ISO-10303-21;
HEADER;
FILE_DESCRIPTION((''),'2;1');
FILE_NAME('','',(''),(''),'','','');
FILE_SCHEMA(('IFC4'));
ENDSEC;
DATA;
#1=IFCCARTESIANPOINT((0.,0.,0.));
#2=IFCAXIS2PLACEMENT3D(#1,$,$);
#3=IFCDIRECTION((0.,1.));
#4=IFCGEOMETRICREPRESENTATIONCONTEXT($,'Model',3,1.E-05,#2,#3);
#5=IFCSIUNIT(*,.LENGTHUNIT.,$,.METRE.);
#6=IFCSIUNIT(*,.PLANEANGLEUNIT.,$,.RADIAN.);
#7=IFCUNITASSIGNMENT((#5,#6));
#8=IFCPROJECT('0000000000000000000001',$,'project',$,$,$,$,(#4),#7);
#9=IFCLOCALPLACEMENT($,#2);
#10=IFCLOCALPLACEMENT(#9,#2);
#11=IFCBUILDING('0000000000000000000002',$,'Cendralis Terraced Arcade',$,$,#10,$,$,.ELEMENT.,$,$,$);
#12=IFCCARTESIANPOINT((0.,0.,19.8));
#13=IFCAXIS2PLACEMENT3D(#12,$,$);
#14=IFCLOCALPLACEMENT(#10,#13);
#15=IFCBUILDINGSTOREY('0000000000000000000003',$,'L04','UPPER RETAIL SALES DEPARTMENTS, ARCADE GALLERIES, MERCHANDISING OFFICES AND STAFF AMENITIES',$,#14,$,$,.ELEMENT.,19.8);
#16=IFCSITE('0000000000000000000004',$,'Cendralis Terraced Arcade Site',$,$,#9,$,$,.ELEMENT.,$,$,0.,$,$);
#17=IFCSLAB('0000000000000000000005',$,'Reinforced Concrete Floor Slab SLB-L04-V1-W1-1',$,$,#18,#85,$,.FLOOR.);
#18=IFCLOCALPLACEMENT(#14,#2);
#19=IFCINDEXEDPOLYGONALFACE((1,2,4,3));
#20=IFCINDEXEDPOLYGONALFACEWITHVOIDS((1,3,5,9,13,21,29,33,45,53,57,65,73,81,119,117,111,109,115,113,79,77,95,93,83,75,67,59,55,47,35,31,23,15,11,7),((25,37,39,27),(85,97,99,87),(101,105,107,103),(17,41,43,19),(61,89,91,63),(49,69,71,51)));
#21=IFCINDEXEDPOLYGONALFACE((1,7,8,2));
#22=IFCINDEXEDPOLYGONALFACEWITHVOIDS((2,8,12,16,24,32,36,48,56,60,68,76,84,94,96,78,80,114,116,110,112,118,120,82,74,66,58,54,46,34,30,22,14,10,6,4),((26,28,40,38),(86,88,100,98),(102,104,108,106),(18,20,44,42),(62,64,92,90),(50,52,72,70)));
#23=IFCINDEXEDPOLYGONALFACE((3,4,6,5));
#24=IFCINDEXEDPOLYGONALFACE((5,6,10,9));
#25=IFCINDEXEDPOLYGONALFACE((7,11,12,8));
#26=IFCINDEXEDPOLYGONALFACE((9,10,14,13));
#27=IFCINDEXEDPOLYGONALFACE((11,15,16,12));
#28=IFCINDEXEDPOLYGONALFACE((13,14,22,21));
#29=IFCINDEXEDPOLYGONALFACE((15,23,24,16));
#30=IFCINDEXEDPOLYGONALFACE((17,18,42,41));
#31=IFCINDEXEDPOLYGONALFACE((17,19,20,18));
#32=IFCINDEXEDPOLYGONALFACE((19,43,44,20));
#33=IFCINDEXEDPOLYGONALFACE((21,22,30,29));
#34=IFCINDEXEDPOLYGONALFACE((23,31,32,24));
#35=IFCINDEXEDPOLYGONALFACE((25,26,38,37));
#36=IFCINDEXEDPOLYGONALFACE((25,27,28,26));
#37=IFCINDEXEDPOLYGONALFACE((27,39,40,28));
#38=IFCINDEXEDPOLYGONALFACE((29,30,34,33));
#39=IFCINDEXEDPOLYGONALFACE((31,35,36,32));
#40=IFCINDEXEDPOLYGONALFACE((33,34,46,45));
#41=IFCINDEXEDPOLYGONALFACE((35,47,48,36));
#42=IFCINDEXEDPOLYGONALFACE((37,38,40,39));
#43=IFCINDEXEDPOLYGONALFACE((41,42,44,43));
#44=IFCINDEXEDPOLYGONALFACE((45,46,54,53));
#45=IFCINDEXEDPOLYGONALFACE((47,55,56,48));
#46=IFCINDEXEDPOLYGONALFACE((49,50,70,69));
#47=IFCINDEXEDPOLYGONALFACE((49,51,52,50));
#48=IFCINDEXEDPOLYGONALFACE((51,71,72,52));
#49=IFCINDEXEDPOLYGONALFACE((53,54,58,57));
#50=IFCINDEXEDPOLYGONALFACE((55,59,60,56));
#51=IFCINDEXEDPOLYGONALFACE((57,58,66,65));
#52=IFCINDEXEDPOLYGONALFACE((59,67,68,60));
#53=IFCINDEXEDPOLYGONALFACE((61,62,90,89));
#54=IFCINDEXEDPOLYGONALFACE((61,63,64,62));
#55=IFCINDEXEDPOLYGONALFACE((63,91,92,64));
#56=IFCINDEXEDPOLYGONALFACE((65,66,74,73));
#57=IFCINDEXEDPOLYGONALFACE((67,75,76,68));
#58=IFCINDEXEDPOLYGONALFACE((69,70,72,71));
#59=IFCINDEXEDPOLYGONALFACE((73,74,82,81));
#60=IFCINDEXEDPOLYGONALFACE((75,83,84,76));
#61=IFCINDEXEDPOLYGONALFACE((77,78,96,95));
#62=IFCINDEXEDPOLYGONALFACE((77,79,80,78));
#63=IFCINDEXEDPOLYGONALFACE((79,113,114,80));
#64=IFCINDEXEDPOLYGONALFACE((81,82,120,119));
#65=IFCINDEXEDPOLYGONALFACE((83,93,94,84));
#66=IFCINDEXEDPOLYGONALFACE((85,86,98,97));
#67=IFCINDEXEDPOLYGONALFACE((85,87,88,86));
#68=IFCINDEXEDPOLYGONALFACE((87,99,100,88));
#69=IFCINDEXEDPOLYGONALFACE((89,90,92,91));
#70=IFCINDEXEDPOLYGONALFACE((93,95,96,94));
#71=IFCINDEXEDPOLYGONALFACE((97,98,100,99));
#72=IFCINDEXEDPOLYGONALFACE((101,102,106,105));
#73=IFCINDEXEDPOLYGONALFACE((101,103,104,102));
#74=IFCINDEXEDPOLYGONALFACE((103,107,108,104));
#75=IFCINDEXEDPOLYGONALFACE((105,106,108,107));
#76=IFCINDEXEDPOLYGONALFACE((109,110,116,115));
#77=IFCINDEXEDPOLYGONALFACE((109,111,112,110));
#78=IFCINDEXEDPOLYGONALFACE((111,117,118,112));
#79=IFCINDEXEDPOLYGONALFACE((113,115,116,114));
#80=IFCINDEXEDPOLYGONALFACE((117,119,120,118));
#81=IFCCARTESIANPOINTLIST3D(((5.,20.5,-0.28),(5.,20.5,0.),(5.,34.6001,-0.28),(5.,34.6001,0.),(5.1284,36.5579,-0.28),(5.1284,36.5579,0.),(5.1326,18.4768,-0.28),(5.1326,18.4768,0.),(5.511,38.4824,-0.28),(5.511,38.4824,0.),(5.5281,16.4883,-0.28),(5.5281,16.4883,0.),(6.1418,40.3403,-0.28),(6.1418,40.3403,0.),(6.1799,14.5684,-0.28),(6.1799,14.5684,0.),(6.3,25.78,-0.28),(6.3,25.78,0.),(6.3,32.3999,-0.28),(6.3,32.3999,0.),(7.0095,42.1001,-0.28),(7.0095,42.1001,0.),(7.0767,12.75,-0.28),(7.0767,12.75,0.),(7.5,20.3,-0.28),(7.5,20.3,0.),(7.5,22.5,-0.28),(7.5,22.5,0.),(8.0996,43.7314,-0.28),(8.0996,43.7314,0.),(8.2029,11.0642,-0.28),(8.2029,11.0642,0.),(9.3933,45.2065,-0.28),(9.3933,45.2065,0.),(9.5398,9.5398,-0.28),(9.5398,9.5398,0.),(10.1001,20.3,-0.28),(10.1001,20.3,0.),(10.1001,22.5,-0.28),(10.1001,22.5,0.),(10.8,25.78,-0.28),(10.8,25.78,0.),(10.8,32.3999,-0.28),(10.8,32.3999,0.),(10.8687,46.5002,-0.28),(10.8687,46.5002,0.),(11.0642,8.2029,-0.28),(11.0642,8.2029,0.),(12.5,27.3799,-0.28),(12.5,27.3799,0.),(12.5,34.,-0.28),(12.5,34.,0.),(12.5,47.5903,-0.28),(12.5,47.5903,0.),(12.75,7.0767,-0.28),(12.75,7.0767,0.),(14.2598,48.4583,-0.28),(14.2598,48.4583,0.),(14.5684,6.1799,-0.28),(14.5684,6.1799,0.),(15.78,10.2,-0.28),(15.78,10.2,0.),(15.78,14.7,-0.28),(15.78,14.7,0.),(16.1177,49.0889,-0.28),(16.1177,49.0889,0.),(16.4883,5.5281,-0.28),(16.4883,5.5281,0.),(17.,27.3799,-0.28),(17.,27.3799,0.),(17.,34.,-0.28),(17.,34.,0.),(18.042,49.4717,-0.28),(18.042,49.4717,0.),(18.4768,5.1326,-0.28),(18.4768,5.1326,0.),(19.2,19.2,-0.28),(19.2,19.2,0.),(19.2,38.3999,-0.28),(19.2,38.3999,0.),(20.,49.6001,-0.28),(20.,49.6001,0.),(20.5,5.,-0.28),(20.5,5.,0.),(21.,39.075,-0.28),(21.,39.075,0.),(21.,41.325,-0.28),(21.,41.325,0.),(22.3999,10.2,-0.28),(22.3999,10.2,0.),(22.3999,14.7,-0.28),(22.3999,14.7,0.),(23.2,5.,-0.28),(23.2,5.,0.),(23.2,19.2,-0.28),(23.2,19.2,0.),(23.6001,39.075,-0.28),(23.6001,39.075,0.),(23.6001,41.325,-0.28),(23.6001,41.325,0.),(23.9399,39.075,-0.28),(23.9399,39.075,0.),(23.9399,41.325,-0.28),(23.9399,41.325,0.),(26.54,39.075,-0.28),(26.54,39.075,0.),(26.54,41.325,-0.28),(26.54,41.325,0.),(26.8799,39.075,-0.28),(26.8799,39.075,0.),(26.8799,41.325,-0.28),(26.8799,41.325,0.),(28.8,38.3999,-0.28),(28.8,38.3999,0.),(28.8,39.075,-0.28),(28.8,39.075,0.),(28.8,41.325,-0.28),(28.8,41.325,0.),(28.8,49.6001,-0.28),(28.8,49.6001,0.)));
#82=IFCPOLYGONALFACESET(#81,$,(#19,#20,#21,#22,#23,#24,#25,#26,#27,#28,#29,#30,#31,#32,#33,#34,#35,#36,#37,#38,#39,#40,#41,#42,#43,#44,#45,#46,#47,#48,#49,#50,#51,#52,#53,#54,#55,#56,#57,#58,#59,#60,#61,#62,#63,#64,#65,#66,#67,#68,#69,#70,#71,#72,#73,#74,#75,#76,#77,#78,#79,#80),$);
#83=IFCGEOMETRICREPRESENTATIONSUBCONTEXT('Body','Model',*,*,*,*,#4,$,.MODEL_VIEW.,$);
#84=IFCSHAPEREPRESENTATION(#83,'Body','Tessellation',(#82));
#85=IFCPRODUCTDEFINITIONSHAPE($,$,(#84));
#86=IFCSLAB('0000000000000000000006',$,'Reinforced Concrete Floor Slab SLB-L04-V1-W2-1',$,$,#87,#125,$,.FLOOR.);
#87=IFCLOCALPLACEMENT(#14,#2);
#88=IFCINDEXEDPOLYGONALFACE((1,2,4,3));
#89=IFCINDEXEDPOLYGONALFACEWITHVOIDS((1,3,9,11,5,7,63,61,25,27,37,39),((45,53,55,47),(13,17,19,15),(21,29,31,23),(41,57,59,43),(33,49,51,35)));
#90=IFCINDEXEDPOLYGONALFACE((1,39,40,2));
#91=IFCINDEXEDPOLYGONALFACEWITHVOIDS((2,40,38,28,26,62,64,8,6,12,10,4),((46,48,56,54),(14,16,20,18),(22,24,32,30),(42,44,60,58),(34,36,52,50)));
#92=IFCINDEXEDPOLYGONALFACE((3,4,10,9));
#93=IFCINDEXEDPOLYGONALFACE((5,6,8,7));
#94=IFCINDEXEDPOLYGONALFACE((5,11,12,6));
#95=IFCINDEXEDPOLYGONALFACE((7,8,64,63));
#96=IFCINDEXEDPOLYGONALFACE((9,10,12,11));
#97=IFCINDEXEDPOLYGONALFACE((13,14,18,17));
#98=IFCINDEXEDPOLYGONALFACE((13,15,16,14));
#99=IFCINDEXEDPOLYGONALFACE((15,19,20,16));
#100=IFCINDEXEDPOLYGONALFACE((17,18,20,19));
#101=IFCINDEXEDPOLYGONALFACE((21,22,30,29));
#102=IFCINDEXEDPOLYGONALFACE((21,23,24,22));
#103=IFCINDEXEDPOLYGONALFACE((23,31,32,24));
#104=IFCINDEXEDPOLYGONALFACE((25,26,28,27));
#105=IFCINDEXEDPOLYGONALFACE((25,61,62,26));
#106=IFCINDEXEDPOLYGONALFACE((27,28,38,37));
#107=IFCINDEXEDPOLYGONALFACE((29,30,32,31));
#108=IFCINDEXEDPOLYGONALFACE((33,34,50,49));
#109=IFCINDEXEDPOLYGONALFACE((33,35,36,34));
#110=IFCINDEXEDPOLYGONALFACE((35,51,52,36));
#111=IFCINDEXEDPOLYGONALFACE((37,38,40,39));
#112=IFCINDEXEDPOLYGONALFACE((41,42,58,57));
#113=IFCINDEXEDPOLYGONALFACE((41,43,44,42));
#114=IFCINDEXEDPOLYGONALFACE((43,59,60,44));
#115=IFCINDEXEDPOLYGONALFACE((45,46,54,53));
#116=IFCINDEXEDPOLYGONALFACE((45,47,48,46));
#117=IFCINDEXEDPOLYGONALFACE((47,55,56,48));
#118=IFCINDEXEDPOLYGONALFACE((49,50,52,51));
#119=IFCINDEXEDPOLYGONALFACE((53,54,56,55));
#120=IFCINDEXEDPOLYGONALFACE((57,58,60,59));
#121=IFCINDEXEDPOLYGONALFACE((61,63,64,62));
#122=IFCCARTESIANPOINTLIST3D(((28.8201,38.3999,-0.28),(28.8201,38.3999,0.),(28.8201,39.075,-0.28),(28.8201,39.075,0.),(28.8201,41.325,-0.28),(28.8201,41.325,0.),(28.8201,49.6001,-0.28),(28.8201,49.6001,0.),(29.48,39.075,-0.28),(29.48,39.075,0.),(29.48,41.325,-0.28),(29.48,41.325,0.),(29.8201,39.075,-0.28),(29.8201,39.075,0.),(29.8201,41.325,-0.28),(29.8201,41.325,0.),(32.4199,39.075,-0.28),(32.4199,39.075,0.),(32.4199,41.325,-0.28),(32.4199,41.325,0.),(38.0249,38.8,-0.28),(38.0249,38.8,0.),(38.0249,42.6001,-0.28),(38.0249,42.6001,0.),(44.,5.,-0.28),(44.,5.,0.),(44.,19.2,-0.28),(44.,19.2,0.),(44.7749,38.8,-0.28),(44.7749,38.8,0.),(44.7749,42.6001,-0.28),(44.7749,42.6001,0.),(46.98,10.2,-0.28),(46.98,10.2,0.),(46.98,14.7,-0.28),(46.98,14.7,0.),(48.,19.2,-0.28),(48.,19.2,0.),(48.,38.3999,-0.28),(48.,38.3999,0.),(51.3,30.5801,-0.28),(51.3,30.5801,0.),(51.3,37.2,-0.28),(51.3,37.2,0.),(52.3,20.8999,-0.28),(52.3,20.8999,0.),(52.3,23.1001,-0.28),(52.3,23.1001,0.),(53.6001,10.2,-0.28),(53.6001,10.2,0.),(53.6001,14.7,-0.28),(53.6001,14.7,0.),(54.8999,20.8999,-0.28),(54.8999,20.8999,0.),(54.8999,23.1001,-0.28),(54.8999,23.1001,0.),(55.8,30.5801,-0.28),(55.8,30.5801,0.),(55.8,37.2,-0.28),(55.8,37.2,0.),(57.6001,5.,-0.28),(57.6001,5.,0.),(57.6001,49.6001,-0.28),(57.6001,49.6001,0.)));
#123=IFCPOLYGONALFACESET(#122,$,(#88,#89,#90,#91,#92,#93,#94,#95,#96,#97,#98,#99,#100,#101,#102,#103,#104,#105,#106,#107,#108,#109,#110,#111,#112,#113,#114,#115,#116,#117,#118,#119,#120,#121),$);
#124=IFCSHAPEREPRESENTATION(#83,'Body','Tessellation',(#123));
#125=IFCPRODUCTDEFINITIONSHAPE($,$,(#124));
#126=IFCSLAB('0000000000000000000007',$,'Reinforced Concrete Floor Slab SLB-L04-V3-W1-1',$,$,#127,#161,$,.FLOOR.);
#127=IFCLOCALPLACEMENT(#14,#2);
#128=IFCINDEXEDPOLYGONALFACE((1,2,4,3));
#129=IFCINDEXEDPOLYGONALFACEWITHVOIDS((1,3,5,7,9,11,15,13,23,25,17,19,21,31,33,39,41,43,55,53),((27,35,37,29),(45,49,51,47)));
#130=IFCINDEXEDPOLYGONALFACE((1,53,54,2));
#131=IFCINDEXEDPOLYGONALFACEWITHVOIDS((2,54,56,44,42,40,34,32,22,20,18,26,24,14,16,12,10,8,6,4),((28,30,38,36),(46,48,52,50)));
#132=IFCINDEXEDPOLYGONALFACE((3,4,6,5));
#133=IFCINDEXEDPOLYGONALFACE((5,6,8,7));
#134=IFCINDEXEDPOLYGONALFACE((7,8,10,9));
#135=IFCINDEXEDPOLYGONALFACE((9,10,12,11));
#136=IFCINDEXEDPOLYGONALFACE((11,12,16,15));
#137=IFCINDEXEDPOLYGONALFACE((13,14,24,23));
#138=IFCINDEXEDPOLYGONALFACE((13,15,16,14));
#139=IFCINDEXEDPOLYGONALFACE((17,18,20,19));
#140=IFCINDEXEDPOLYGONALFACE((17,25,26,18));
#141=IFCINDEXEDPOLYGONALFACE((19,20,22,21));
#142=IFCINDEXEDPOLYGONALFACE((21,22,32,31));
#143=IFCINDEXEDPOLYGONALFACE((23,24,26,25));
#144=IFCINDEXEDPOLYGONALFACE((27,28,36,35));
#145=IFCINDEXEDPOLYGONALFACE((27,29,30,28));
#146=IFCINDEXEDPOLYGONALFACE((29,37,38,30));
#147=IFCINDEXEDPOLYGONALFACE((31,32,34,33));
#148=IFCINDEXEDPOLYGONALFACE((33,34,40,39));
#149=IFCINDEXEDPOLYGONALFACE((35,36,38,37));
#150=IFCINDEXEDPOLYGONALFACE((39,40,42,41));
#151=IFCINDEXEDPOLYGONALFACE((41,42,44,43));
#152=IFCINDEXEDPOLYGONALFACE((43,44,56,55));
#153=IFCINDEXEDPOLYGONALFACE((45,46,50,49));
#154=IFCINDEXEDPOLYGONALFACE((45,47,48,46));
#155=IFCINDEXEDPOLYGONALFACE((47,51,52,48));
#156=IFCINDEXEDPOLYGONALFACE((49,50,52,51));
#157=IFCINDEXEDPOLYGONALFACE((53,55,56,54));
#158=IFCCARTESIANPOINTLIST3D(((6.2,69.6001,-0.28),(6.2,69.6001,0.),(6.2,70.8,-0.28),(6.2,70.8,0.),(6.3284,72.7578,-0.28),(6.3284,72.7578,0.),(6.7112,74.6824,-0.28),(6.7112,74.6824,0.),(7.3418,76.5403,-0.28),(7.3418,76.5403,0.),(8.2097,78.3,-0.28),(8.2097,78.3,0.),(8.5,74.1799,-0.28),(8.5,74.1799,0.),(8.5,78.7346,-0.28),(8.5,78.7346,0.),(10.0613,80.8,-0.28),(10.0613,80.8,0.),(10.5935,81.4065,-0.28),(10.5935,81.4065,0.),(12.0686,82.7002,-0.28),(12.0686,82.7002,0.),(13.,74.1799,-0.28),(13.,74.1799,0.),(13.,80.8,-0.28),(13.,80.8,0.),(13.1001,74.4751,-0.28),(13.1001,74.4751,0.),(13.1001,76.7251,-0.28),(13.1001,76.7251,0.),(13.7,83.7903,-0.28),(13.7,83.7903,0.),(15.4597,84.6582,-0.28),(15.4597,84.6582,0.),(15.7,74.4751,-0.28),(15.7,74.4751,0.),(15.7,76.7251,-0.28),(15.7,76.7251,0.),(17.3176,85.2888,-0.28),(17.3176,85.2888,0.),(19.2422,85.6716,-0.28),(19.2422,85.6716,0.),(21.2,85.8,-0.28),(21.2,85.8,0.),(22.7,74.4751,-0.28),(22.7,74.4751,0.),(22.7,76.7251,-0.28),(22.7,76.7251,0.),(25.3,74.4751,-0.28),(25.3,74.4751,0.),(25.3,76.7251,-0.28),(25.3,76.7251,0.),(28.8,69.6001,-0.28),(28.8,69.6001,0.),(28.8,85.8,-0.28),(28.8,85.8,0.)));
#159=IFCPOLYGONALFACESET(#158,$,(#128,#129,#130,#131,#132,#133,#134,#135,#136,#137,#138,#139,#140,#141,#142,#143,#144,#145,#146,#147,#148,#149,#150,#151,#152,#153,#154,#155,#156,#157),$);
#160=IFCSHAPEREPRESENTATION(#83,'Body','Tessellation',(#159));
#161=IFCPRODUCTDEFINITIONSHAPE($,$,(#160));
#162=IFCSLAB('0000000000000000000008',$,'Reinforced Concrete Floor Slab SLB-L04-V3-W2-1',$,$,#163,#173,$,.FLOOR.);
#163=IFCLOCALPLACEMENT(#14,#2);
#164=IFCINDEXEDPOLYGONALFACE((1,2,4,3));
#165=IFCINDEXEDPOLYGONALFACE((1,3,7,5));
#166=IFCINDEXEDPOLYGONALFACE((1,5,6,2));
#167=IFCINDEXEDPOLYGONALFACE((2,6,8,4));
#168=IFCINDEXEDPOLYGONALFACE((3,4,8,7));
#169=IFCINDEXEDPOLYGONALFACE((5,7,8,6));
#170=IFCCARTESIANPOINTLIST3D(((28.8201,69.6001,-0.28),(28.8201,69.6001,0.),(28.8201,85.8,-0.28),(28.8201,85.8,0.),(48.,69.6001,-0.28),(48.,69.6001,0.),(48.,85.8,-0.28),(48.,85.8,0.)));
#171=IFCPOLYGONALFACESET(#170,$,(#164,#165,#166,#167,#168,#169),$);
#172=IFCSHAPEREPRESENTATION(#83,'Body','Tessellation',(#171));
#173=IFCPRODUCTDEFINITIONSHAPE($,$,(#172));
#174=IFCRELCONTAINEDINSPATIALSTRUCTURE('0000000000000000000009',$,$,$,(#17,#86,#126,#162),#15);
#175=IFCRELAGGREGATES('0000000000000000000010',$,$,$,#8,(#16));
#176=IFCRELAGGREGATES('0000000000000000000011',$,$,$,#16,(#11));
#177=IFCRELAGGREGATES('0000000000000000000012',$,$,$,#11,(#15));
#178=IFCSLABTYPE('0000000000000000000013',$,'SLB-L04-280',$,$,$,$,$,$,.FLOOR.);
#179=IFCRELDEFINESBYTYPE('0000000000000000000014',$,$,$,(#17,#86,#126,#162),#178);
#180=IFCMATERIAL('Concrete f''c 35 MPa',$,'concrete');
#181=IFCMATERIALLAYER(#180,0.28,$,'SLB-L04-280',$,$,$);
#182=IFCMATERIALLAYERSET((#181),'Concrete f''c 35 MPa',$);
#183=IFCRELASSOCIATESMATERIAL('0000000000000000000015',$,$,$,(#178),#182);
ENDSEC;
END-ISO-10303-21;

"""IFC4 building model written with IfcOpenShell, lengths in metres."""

from ifc_helpers import new_model, si_unit, direction, frame, origin, place, context, subcontext, project, spatial, polyline, outline, extrude, material, layer, layer_set, type_object, element, save


model = new_model("IFC4")

# Units and contexts
model_context = context("Model", 3, precision=1e-05, world=origin(), true_north=direction((0.0, 1.0)))
body_context = subcontext(model_context, "Body", "Model", "MODEL_VIEW")
ifc_project = project(units=[si_unit("LENGTHUNIT", "METRE"), si_unit("PLANEANGLEUNIT", "RADIAN")], contexts=[model_context])

# Site, building, storey
site_placement = place(None, origin())
site = spatial("IfcSite", under=ifc_project, at=site_placement, Name="Cendralis Terraced Arcade Site", CompositionType="ELEMENT", RefElevation=0.0)
building_placement = place(site_placement, origin())
building = spatial("IfcBuilding", under=site, at=building_placement, Name="Cendralis Terraced Arcade", CompositionType="ELEMENT")
storey_placement = place(building_placement, frame((0.0, 0.0, 19.8)))
storey = spatial("IfcBuildingStorey", under=building, at=storey_placement, Name="L04", Description="UPPER RETAIL SALES DEPARTMENTS, ARCADE GALLERIES, MERCHANDISING OFFICES AND STAFF AMENITIES", CompositionType="ELEMENT", Elevation=19.8)

# Slabs
ifc_material_1 = material(Name="Concrete f'c 35 MPa", Category="concrete")
ifc_layer_1 = layer(ifc_material_1, 0.28, Name="SLB-L04-280")
ifc_layer_set_1 = layer_set([ifc_layer_1], Name="Concrete f'c 35 MPa")
slab_type_1 = type_object("IfcSlabType", Name="SLB-L04-280", PredefinedType="FLOOR", material=ifc_layer_set_1)
slab_1_placement = place(storey_placement, frame((0.0, 0.0, -0.28)))
element("IfcSlab", 1, at=slab_1_placement, inside=storey, type_object=slab_type_1, Name="Reinforced Concrete Floor Slab SLB-L04-V1-W1-1", PredefinedType="FLOOR", context=body_context, shape_type="SweptSolid", body=[
    extrude(outline(polyline([(5.1284, 36.5579), (5.511, 38.4824), (6.1418, 40.3403), (7.0095, 42.1001), (8.0996, 43.7314), (9.3933, 45.2065), (10.8687, 46.5002), (12.5, 47.5903), (14.2598, 48.4583), (16.1177, 49.0889), (18.042, 49.4717), (20.0, 49.6001), (28.8, 49.6001), (28.8, 41.325), (26.8799, 41.325), (26.8799, 39.075), (28.8, 39.075), (28.8, 38.3999), (19.2, 38.3999), (19.2, 19.2), (23.2, 19.2), (23.2, 5.0), (20.5, 5.0), (18.4768, 5.1326), (16.4883, 5.5281), (14.5684, 6.1799), (12.75, 7.0767), (11.0642, 8.2029), (9.5398, 9.5398), (8.2029, 11.0642), (7.0767, 12.75), (6.1799, 14.5684), (5.5281, 16.4883), (5.1326, 18.4768), (5.0, 20.5), (5.0, 34.6001), (5.1284, 36.5579)]), holes=[polyline([(22.3999, 14.7), (15.78, 14.7), (15.78, 10.2), (22.3999, 10.2), (22.3999, 14.7)]), polyline([(10.1001, 22.5), (7.5, 22.5), (7.5, 20.3), (10.1001, 20.3), (10.1001, 22.5)]), polyline([(10.8, 32.3999), (6.3, 32.3999), (6.3, 25.78), (10.8, 25.78), (10.8, 32.3999)]), polyline([(17.0, 27.3799), (17.0, 34.0), (12.5, 34.0), (12.5, 27.3799), (17.0, 27.3799)]), polyline([(23.6001, 39.075), (23.6001, 41.325), (21.0, 41.325), (21.0, 39.075), (23.6001, 39.075)]), polyline([(26.54, 41.325), (23.9399, 41.325), (23.9399, 39.075), (26.54, 39.075), (26.54, 41.325)])]), origin(), (0.0, 0.0, 1.0), 0.28),
])
slab_2_placement = place(storey_placement, frame((0.0, 0.0, -0.28)))
element("IfcSlab", 2, at=slab_2_placement, inside=storey, type_object=slab_type_1, Name="Reinforced Concrete Floor Slab SLB-L04-V1-W2-1", PredefinedType="FLOOR", context=body_context, shape_type="SweptSolid", body=[
    extrude(outline(polyline([(44.0, 5.0), (44.0, 19.2), (48.0, 19.2), (48.0, 38.3999), (28.8201, 38.3999), (28.8201, 39.075), (29.48, 39.075), (29.48, 41.325), (28.8201, 41.325), (28.8201, 49.6001), (57.6001, 49.6001), (57.6001, 5.0), (44.0, 5.0)]), holes=[polyline([(46.98, 14.7), (46.98, 10.2), (53.6001, 10.2), (53.6001, 14.7), (46.98, 14.7)]), polyline([(52.3, 23.1001), (52.3, 20.8999), (54.8999, 20.8999), (54.8999, 23.1001), (52.3, 23.1001)]), polyline([(55.8, 37.2), (51.3, 37.2), (51.3, 30.5801), (55.8, 30.5801), (55.8, 37.2)]), polyline([(32.4199, 41.325), (29.8201, 41.325), (29.8201, 39.075), (32.4199, 39.075), (32.4199, 41.325)]), polyline([(38.0249, 42.6001), (38.0249, 38.8), (44.7749, 38.8), (44.7749, 42.6001), (38.0249, 42.6001)])]), origin(), (0.0, 0.0, 1.0), 0.28),
])
slab_3_placement = place(storey_placement, frame((0.0, 0.0, -0.28)))
element("IfcSlab", 3, at=slab_3_placement, inside=storey, type_object=slab_type_1, Name="Reinforced Concrete Floor Slab SLB-L04-V3-W1-1", PredefinedType="FLOOR", context=body_context, shape_type="SweptSolid", body=[
    extrude(outline(polyline([(6.7112, 74.6824), (7.3418, 76.5403), (8.2097, 78.3), (8.5, 78.7346), (8.5, 74.1799), (13.0, 74.1799), (13.0, 80.8), (10.0613, 80.8), (10.5935, 81.4065), (12.0686, 82.7002), (13.7, 83.7903), (15.4597, 84.6582), (17.3176, 85.2888), (19.2422, 85.6716), (21.2, 85.8), (28.8, 85.8), (28.8, 69.6001), (6.2, 69.6001), (6.2, 70.8), (6.3284, 72.7578), (6.7112, 74.6824)]), holes=[polyline([(13.1001, 76.7251), (13.1001, 74.4751), (15.7, 74.4751), (15.7, 76.7251), (13.1001, 76.7251)]), polyline([(25.3, 76.7251), (22.7, 76.7251), (22.7, 74.4751), (25.3, 74.4751), (25.3, 76.7251)])]), origin(), (0.0, 0.0, 1.0), 0.28),
])
slab_4_placement = place(storey_placement, frame((0.0, 0.0, -0.28)))
element("IfcSlab", 4, at=slab_4_placement, inside=storey, type_object=slab_type_1, Name="Reinforced Concrete Floor Slab SLB-L04-V3-W2-1", PredefinedType="FLOOR", context=body_context, shape_type="SweptSolid", body=[
    extrude(outline(polyline([(28.8201, 69.6001), (28.8201, 85.8), (48.0, 85.8), (48.0, 69.6001), (28.8201, 69.6001)])), origin(), (0.0, 0.0, 1.0), 0.28),
])

save(model, "model.ifc")
